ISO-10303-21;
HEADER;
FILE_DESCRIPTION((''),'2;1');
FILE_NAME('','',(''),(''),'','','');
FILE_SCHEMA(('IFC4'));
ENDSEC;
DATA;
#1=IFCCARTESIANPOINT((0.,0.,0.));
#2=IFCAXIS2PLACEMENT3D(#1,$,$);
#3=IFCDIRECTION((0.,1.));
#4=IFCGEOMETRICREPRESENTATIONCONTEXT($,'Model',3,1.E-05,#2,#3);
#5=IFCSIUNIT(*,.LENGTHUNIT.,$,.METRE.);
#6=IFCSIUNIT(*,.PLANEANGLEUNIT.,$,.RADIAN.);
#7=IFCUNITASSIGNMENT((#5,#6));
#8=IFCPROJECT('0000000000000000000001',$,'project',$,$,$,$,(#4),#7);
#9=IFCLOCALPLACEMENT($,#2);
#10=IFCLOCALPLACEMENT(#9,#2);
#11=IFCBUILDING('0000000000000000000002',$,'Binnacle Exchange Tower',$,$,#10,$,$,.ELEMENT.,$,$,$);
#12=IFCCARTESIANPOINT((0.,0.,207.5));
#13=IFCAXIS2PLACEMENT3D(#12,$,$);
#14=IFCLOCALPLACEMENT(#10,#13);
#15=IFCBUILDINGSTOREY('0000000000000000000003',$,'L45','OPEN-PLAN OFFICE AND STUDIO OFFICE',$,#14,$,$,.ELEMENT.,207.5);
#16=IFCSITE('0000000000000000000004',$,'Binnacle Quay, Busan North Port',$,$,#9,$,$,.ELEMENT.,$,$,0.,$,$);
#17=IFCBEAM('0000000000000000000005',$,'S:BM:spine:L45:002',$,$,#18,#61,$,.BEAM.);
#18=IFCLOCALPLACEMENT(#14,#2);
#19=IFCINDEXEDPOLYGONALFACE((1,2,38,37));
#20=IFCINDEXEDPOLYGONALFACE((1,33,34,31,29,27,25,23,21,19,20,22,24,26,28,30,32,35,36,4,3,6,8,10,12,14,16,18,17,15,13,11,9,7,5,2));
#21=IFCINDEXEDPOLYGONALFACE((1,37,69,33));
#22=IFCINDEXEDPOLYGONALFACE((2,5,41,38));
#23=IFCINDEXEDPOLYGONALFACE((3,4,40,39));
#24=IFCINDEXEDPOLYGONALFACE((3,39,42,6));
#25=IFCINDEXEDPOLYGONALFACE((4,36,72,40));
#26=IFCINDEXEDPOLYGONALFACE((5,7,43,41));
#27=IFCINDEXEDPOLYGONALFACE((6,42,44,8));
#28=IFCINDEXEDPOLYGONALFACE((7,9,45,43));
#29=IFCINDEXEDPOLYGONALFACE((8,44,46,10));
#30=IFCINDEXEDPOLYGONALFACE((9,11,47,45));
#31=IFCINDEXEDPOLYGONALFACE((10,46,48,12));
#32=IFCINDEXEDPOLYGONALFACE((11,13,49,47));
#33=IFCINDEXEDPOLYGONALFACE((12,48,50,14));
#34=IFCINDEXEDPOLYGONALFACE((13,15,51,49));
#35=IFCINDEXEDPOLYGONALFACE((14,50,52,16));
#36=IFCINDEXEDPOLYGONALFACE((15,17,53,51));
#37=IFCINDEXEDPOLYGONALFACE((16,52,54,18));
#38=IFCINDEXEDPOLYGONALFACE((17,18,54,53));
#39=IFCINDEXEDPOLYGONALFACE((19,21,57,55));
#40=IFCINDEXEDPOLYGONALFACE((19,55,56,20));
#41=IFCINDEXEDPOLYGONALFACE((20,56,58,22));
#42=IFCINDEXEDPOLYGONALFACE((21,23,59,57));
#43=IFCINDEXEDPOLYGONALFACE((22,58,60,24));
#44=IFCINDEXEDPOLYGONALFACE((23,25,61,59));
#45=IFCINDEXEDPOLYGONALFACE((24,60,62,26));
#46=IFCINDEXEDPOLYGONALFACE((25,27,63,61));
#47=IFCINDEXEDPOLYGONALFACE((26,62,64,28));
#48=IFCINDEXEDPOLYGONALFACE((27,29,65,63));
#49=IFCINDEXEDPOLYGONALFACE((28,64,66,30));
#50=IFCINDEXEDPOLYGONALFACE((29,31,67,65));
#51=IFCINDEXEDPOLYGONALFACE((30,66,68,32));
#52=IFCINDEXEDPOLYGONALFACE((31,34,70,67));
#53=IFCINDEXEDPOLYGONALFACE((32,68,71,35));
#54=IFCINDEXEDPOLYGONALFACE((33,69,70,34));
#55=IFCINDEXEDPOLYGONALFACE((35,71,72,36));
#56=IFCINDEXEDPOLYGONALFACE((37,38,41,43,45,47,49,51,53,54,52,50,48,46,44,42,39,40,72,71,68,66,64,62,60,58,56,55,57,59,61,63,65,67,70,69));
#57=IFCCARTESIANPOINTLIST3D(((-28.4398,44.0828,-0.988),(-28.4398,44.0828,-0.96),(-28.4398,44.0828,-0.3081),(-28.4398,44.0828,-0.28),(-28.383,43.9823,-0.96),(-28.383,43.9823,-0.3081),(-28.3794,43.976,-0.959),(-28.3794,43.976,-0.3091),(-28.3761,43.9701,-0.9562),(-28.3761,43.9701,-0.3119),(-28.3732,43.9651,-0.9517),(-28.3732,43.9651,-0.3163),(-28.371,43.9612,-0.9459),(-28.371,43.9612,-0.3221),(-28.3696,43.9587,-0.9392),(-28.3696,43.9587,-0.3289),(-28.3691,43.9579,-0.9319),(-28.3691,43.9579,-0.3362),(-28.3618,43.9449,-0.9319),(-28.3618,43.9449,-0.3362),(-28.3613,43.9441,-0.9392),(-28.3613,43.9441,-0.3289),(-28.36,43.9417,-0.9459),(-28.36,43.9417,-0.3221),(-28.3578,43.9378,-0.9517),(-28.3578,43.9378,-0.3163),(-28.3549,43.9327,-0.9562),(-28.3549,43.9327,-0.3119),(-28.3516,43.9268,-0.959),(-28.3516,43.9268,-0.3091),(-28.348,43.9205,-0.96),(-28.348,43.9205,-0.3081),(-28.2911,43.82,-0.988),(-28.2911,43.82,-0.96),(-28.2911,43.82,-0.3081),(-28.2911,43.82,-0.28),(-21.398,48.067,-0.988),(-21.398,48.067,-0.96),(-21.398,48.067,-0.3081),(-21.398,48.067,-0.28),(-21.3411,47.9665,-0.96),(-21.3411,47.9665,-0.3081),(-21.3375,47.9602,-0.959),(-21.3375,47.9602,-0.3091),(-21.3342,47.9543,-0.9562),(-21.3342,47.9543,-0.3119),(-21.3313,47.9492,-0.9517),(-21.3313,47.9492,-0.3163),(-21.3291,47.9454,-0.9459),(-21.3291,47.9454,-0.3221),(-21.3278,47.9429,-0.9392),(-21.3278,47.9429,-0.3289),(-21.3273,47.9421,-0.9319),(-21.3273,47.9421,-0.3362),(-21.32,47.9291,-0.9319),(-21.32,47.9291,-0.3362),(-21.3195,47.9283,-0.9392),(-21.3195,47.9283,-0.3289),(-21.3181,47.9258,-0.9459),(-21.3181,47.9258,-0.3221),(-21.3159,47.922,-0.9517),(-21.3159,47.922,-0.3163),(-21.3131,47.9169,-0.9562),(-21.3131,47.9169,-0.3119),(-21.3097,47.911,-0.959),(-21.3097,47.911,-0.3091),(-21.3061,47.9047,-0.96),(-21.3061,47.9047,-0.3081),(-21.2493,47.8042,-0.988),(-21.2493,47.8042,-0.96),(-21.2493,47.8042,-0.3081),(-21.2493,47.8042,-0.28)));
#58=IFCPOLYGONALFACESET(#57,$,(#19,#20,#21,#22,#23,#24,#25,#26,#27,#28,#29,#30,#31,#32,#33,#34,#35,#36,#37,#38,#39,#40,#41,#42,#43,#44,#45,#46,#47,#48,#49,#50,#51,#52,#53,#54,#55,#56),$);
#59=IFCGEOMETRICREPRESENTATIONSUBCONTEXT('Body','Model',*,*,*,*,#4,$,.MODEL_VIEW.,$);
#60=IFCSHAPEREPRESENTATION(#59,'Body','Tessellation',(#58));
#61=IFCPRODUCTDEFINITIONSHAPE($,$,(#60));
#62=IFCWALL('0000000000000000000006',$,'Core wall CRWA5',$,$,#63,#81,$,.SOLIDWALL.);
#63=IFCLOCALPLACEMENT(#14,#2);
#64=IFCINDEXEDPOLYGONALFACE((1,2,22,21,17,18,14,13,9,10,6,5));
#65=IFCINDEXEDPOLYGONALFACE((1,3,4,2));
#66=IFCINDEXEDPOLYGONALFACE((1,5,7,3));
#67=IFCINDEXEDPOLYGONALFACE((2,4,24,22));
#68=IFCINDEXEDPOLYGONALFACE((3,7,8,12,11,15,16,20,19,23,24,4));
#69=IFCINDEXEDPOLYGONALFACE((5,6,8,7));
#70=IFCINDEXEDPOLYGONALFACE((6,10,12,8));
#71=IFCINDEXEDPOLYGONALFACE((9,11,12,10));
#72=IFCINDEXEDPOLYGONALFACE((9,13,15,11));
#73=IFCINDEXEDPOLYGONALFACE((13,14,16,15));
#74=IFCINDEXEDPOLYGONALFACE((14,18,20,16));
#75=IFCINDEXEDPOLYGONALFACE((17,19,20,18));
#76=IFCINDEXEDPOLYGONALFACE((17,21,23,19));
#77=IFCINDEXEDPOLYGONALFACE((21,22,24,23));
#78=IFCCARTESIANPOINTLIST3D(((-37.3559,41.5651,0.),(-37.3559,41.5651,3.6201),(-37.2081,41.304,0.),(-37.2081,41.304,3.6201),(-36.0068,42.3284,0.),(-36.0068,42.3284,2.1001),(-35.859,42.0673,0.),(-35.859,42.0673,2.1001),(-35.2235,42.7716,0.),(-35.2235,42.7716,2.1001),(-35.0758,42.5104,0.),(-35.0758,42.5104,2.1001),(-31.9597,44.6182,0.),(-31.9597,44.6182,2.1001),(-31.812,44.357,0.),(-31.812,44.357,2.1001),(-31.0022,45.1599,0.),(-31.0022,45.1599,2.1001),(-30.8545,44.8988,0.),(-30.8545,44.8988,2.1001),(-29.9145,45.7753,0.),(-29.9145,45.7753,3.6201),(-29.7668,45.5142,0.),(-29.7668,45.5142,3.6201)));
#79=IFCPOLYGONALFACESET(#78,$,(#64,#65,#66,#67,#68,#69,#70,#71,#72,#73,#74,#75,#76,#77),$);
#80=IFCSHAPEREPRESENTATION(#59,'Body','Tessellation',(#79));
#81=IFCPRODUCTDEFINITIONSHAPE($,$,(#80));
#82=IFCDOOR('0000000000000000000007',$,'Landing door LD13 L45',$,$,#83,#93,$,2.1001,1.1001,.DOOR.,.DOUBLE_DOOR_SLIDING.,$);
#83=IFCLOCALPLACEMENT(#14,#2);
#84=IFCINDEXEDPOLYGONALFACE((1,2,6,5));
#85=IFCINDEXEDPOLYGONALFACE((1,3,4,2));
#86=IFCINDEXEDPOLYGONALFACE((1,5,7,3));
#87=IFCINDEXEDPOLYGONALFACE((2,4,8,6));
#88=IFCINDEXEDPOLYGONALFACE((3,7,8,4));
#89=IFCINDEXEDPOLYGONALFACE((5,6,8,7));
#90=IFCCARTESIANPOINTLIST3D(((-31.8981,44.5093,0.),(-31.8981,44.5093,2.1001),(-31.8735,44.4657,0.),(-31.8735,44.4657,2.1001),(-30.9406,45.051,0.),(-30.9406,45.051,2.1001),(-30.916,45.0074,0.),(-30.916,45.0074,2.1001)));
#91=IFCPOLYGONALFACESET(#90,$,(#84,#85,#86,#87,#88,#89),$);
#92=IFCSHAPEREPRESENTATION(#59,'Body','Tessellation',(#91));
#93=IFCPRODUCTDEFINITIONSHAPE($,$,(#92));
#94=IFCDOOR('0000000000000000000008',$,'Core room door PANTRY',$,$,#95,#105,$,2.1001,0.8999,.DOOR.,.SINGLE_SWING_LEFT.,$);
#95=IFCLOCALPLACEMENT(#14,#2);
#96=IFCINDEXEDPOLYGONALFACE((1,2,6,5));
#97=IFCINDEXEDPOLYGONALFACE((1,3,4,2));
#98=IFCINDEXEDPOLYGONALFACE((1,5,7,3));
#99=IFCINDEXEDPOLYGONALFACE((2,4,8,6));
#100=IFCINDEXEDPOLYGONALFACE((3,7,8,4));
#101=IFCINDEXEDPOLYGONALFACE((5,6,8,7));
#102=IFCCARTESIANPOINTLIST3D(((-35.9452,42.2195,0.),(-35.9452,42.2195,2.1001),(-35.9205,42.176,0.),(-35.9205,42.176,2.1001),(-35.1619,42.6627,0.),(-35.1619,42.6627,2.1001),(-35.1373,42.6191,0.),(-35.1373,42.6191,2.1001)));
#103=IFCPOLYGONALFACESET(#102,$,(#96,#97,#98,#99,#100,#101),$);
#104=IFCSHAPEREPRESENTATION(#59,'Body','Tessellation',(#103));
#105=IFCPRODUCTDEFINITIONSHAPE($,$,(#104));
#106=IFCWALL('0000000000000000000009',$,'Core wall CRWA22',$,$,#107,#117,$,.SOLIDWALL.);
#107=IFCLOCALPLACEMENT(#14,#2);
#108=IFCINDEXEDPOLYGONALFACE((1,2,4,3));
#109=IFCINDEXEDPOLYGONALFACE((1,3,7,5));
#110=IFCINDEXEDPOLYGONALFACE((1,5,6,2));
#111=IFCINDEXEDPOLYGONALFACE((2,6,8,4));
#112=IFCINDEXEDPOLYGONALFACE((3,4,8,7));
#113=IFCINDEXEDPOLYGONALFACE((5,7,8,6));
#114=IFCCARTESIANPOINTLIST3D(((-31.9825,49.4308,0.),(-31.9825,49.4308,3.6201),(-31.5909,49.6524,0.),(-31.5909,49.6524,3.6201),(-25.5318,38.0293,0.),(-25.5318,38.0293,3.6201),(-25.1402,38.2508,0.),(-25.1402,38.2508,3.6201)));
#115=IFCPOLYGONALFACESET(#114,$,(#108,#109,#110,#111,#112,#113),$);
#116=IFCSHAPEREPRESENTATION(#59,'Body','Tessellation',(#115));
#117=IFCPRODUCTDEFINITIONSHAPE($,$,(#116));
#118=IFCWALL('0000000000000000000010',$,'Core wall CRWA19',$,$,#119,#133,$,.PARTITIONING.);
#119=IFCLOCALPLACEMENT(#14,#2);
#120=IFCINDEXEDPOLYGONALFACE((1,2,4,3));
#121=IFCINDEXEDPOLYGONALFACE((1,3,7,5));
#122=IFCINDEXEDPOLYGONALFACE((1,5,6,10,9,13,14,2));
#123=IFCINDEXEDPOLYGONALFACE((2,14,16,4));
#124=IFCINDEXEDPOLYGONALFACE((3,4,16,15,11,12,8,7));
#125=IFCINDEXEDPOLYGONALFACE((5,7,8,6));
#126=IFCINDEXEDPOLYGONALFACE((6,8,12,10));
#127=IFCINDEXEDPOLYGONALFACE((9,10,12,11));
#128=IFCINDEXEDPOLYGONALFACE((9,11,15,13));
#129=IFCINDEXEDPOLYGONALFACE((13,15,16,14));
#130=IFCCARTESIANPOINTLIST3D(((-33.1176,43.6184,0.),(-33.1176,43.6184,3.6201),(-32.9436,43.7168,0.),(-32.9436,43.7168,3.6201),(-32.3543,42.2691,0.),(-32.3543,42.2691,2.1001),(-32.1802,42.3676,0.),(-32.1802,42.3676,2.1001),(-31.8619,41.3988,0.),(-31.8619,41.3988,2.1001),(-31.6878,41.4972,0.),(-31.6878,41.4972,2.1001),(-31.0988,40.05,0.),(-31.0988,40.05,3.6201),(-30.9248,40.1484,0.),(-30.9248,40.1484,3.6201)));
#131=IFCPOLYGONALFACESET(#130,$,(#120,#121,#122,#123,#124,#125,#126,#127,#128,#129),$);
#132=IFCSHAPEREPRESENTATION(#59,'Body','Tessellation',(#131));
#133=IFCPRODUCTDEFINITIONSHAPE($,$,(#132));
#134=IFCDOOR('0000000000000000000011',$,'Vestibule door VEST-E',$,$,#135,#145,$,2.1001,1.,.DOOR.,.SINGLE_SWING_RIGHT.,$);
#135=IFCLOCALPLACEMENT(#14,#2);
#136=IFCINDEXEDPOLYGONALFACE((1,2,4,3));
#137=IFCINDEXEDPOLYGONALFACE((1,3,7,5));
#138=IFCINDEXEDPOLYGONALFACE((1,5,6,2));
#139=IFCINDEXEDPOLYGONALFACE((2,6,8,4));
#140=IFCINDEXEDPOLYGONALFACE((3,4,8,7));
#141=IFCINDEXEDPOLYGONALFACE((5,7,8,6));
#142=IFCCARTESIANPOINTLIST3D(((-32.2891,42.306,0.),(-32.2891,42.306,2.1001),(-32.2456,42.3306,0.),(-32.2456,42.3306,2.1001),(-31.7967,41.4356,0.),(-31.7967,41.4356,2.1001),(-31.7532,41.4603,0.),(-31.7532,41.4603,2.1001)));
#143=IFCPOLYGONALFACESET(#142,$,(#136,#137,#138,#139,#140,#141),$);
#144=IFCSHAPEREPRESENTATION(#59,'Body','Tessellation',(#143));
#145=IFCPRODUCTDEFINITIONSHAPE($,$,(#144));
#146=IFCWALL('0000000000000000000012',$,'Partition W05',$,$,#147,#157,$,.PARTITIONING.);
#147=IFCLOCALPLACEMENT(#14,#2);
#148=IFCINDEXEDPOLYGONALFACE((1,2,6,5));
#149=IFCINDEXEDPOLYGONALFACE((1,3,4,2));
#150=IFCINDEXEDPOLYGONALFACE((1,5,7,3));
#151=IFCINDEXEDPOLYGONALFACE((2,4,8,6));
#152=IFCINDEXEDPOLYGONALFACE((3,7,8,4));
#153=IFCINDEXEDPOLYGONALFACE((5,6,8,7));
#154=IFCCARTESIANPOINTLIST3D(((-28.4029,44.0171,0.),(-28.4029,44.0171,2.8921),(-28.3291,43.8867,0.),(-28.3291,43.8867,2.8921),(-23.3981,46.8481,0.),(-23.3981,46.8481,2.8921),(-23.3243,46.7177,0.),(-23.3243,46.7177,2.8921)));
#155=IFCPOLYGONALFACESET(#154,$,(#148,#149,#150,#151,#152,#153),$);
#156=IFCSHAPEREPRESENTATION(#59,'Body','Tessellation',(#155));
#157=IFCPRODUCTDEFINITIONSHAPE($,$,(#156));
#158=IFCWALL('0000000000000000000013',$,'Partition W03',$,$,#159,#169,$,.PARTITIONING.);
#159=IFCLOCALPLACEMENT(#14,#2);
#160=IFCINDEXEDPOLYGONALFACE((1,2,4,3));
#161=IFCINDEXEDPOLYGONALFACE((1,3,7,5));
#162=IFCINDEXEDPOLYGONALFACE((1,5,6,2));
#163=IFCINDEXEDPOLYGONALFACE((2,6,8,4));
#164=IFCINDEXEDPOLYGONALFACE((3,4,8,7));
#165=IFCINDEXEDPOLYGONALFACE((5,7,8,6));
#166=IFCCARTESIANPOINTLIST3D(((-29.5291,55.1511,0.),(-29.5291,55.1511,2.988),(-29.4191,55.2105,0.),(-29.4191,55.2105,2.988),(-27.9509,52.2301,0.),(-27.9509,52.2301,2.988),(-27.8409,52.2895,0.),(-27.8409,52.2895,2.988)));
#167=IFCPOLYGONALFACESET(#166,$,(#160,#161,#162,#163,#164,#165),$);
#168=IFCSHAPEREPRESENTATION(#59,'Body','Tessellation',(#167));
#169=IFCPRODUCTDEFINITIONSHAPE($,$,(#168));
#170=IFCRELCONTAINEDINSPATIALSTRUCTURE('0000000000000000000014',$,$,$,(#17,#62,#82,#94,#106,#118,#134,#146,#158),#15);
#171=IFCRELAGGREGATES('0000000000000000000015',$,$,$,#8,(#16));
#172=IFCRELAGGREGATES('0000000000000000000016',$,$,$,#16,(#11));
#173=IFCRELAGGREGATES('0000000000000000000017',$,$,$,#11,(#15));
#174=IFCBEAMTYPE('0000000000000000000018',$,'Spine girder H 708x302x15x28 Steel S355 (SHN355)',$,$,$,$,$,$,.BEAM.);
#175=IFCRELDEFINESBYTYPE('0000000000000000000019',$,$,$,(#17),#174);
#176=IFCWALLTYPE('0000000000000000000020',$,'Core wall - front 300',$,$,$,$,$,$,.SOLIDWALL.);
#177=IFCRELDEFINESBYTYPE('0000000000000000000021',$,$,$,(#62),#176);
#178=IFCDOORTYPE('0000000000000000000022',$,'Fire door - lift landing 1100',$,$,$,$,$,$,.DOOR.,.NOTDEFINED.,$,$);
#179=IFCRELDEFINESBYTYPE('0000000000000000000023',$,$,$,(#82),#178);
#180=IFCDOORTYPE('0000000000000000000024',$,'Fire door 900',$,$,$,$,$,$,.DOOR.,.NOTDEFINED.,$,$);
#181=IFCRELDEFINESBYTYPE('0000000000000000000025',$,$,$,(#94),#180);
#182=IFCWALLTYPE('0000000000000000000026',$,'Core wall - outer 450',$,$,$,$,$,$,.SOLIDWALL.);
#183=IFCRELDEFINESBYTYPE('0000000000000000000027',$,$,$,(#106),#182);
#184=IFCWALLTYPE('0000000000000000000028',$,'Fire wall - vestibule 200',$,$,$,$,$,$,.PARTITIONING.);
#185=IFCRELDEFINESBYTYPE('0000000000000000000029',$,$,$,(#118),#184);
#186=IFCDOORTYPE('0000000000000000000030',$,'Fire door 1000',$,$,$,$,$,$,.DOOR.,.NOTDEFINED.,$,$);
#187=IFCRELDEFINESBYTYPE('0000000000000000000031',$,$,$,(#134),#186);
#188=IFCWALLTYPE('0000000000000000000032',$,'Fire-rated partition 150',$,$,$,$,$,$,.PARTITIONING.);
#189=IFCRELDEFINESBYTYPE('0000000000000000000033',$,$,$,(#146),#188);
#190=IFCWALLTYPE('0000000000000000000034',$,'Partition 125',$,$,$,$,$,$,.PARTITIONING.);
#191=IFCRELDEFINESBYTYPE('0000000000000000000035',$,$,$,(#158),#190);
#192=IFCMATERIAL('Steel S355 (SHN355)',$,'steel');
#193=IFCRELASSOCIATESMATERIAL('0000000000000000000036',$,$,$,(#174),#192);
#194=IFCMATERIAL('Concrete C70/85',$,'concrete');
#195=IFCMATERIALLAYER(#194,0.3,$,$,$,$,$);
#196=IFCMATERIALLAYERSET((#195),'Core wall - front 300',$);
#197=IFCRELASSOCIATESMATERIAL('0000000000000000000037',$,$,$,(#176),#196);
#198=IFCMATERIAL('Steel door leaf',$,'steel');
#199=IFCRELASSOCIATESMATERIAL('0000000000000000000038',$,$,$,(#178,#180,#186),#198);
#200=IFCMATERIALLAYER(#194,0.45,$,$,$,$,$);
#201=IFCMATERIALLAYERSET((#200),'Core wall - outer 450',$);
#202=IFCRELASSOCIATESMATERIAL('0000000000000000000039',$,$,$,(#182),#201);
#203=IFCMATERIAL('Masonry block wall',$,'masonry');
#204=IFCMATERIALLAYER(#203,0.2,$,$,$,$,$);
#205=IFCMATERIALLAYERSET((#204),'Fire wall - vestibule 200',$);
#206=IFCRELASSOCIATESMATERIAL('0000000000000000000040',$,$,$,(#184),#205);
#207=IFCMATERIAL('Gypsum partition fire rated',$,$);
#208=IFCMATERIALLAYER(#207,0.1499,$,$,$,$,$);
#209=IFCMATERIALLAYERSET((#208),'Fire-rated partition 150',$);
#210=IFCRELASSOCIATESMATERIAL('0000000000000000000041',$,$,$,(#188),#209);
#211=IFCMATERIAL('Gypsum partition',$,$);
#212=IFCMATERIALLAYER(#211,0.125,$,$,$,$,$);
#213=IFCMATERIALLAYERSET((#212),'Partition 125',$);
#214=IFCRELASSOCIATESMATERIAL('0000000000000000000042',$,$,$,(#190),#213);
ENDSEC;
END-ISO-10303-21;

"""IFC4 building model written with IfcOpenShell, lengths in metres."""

from ifc_helpers import new_model, si_unit, direction, frame, frame_2d, origin, origin_2d, place, context, subcontext, project, spatial, rectangle, i_section, extrude, material, layer, layer_set, material_profile, profile_set, type_object, element, fill, save


model = new_model("IFC4")

# Units and contexts
model_context = context("Model", 3, precision=1e-05, world=origin(), true_north=direction((0.0, 1.0)))
body_context = subcontext(model_context, "Body", "Model", "MODEL_VIEW")
ifc_project = project(units=[si_unit("LENGTHUNIT", "METRE"), si_unit("PLANEANGLEUNIT", "RADIAN")], contexts=[model_context])

# Site, building, storey
site_placement = place(None, origin())
site = spatial("IfcSite", under=ifc_project, at=site_placement, Name="Binnacle Quay, Busan North Port", CompositionType="ELEMENT", RefElevation=0.0)
building_placement = place(site_placement, origin())
building = spatial("IfcBuilding", under=site, at=building_placement, Name="Binnacle Exchange Tower", CompositionType="ELEMENT")
storey_placement = place(building_placement, frame((0.0, 0.0, 207.5)))
storey = spatial("IfcBuildingStorey", under=building, at=storey_placement, Name="L45", Description="OPEN-PLAN OFFICE AND STUDIO OFFICE", CompositionType="ELEMENT", Elevation=207.5)

# Beam
ifc_material_1 = material(Name="Steel S355 (SHN355)", Category="steel")
ifc_material_profile_1 = material_profile(ifc_material_1, i_section(OverallWidth=0.302, OverallDepth=0.708, WebThickness=0.0149, FlangeThickness=0.0281, FilletRadius=0.0281, at=origin_2d()), Name="H 708x302x15x28")
ifc_profile_set_1 = profile_set([ifc_material_profile_1], Name="Steel S355 (SHN355)")
beam_type_1 = type_object("IfcBeamType", Name="Spine girder H 708x302x15x28 Steel S355 (SHN355)", PredefinedType="BEAM", material=ifc_profile_set_1)
beam_1_placement = place(storey_placement, frame((-28.3655, 43.9514, -0.634), z_axis=(0.87035, 0.492433, 0.0), x_axis=(-0.492433, 0.87035, 0.0)))
element("IfcBeam", 1, at=beam_1_placement, inside=storey, type_object=beam_type_1, Name="S:BM:spine:L45:002", PredefinedType="BEAM", context=body_context, shape_type="SweptSolid", body=[
    extrude(i_section(OverallWidth=0.302, OverallDepth=0.708, WebThickness=0.0149, FlangeThickness=0.0281, FilletRadius=0.0281, at=origin_2d()), origin(), (0.0, 0.0, 1.0), 8.0908),
])

# Wall, openings, doors
ifc_material_2 = material(Name="Concrete C70/85", Category="concrete")
ifc_layer_1 = layer(ifc_material_2, 0.3)
ifc_layer_set_1 = layer_set([ifc_layer_1], Name="Core wall - front 300")
wall_type_1 = type_object("IfcWallType", Name="Core wall - front 300", PredefinedType="SOLIDWALL", material=ifc_layer_set_1)
wall_1_placement = place(storey_placement, frame((-37.282, 41.4346, 0.0), z_axis=(0.0, 0.0, 1.0), x_axis=(0.870353, 0.492429, 0.0)))
wall_1 = element("IfcWall", 2, at=wall_1_placement, inside=storey, type_object=wall_type_1, Name="Core wall CRWA5", PredefinedType="SOLIDWALL", context=body_context, shape_type="SweptSolid", body=[
    extrude(rectangle(XDim=8.5498, YDim=0.3, at=frame_2d((4.2749, 0.0))), origin(), (0.0, 0.0, 1.0), 3.6201),
])
opening_1_placement = place(wall_1_placement, frame((6.2, 0.0, 0.0)))
opening_1 = element("IfcOpeningElement", 3, at=opening_1_placement, cuts=wall_1, PredefinedType="OPENING", context=body_context, shape_type="SweptSolid", body=[
    extrude(rectangle(XDim=1.1001, YDim=2.1001, at=frame_2d((0.55, 1.05))), frame((0.0, 0.1599, 0.0), z_axis=(0.0, -1.0, 0.0), x_axis=(1.0, 0.0, 0.0)), (0.0, 0.0, 1.0), 0.3201),
])
opening_2_placement = place(wall_1_placement, frame((1.55, 0.0, 0.0)))
opening_2 = element("IfcOpeningElement", 4, at=opening_2_placement, cuts=wall_1, PredefinedType="OPENING", context=body_context, shape_type="SweptSolid", body=[
    extrude(rectangle(XDim=0.8999, YDim=2.1001, at=frame_2d((0.45, 1.05))), frame((0.0, 0.1599, 0.0), z_axis=(0.0, -1.0, 0.0), x_axis=(1.0, 0.0, 0.0)), (0.0, 0.0, 1.0), 0.3201),
])
ifc_material_3 = material(Name="Steel door leaf", Category="steel")
door_type_1 = type_object("IfcDoorType", Name="Fire door - lift landing 1100", OperationType="NOTDEFINED", PredefinedType="DOOR", material=ifc_material_3)
door_1_placement = place(opening_1_placement, origin())
door_1 = element("IfcDoor", 5, at=door_1_placement, inside=storey, type_object=door_type_1, Name="Landing door LD13 L45", OperationType="DOUBLE_DOOR_SLIDING", OverallHeight=2.1001, OverallWidth=1.1001, PredefinedType="DOOR", context=body_context, shape_type="SweptSolid", body=[
    extrude(rectangle(XDim=1.1001, YDim=2.1001, at=frame_2d((0.55, 1.05))), frame((0.0, 0.0249, 0.0), z_axis=(0.0, -1.0, 0.0), x_axis=(1.0, 0.0, 0.0)), (0.0, 0.0, 1.0), 0.05),
])
fill(opening_1, door_1)
door_type_2 = type_object("IfcDoorType", Name="Fire door 900", OperationType="NOTDEFINED", PredefinedType="DOOR", material=ifc_material_3)
door_2_placement = place(opening_2_placement, origin())
door_2 = element("IfcDoor", 6, at=door_2_placement, inside=storey, type_object=door_type_2, Name="Core room door PANTRY", OperationType="SINGLE_SWING_LEFT", OverallHeight=2.1001, OverallWidth=0.8999, PredefinedType="DOOR", context=body_context, shape_type="SweptSolid", body=[
    extrude(rectangle(XDim=0.8999, YDim=2.1001, at=frame_2d((0.45, 1.05))), frame((0.0, 0.0249, 0.0), z_axis=(0.0, -1.0, 0.0), x_axis=(1.0, 0.0, 0.0)), (0.0, 0.0, 1.0), 0.05),
])
fill(opening_2, door_2)

# Wall
ifc_layer_2 = layer(ifc_material_2, 0.45)
ifc_layer_set_2 = layer_set([ifc_layer_2], Name="Core wall - outer 450")
wall_type_2 = type_object("IfcWallType", Name="Core wall - outer 450", PredefinedType="SOLIDWALL", material=ifc_layer_set_2)
wall_2_placement = place(storey_placement, frame((-31.7866, 49.5415, 0.0), z_axis=(0.0, 0.0, 1.0), x_axis=(0.492421, -0.870357, 0.0)))
element("IfcWall", 7, at=wall_2_placement, inside=storey, type_object=wall_type_2, Name="Core wall CRWA22", PredefinedType="SOLIDWALL", context=body_context, shape_type="SweptSolid", body=[
    extrude(rectangle(XDim=13.0999, YDim=0.45, at=frame_2d((6.5498, 0.0))), origin(), (0.0, 0.0, 1.0), 3.6201),
])

# Wall, opening, door
ifc_material_4 = material(Name="Masonry block wall", Category="masonry")
ifc_layer_3 = layer(ifc_material_4, 0.2)
ifc_layer_set_3 = layer_set([ifc_layer_3], Name="Fire wall - vestibule 200")
wall_type_3 = type_object("IfcWallType", Name="Fire wall - vestibule 200", PredefinedType="PARTITIONING", material=ifc_layer_set_3)
wall_3_placement = place(storey_placement, frame((-33.0305, 43.6675, 0.0), z_axis=(0.0, 0.0, 1.0), x_axis=(0.492408, -0.870364, 0.0)))
wall_3 = element("IfcWall", 8, at=wall_3_placement, inside=storey, type_object=wall_type_3, Name="Core wall CRWA19", PredefinedType="PARTITIONING", context=body_context, shape_type="SweptSolid", body=[
    extrude(rectangle(XDim=4.0999, YDim=0.2, at=frame_2d((2.0498, 0.0))), origin(), (0.0, 0.0, 1.0), 3.6201),
])
opening_3_placement = place(wall_3_placement, frame((1.55, 0.0, 0.0)))
opening_3 = element("IfcOpeningElement", 9, at=opening_3_placement, cuts=wall_3, PredefinedType="OPENING", context=body_context, shape_type="SweptSolid", body=[
    extrude(rectangle(XDim=1.0, YDim=2.1001, at=frame_2d((0.5, 1.05))), frame((0.0, 0.1099, 0.0), z_axis=(0.0, -1.0, 0.0), x_axis=(1.0, 0.0, 0.0)), (0.0, 0.0, 1.0), 0.22),
])
door_type_3 = type_object("IfcDoorType", Name="Fire door 1000", OperationType="NOTDEFINED", PredefinedType="DOOR", material=ifc_material_3)
door_3_placement = place(opening_3_placement, origin())
door_3 = element("IfcDoor", 10, at=door_3_placement, inside=storey, type_object=door_type_3, Name="Vestibule door VEST-E", OperationType="SINGLE_SWING_RIGHT", OverallHeight=2.1001, OverallWidth=1.0, PredefinedType="DOOR", context=body_context, shape_type="SweptSolid", body=[
    extrude(rectangle(XDim=1.0, YDim=2.1001, at=frame_2d((0.5, 1.05))), frame((0.0, 0.0249, 0.0), z_axis=(0.0, -1.0, 0.0), x_axis=(1.0, 0.0, 0.0)), (0.0, 0.0, 1.0), 0.05),
])
fill(opening_3, door_3)

# Walls
ifc_material_5 = material(Name="Gypsum partition fire rated")
ifc_layer_4 = layer(ifc_material_5, 0.1499)
ifc_layer_set_4 = layer_set([ifc_layer_4], Name="Fire-rated partition 150")
wall_type_4 = type_object("IfcWallType", Name="Fire-rated partition 150", PredefinedType="PARTITIONING", material=ifc_layer_set_4)
wall_4_placement = place(storey_placement, frame((-28.366, 43.9519, 0.0), z_axis=(0.0, 0.0, 1.0), x_axis=(0.870398, 0.492348, 0.0)))
element("IfcWall", 11, at=wall_4_placement, inside=storey, type_object=wall_type_4, Name="Partition W05", PredefinedType="PARTITIONING", context=body_context, shape_type="SweptSolid", body=[
    extrude(rectangle(XDim=5.75, YDim=0.1499, at=frame_2d((2.875, 0.0))), origin(), (0.0, 0.0, 1.0), 2.8921),
])
ifc_material_6 = material(Name="Gypsum partition")
ifc_layer_5 = layer(ifc_material_6, 0.125)
ifc_layer_set_5 = layer_set([ifc_layer_5], Name="Partition 125")
wall_type_5 = type_object("IfcWallType", Name="Partition 125", PredefinedType="PARTITIONING", material=ifc_layer_set_5)
wall_5_placement = place(storey_placement, frame((-29.4741, 55.1809, 0.0), z_axis=(0.0, 0.0, 1.0), x_axis=(0.475345, -0.8798, 0.0)))
element("IfcWall", 12, at=wall_5_placement, inside=storey, type_object=wall_type_5, Name="Partition W03", PredefinedType="PARTITIONING", context=body_context, shape_type="SweptSolid", body=[
    extrude(rectangle(XDim=3.3201, YDim=0.125, at=frame_2d((1.6602, 0.0))), origin(), (0.0, 0.0, 1.0), 2.988),
])

save(model, "model.ifc")
